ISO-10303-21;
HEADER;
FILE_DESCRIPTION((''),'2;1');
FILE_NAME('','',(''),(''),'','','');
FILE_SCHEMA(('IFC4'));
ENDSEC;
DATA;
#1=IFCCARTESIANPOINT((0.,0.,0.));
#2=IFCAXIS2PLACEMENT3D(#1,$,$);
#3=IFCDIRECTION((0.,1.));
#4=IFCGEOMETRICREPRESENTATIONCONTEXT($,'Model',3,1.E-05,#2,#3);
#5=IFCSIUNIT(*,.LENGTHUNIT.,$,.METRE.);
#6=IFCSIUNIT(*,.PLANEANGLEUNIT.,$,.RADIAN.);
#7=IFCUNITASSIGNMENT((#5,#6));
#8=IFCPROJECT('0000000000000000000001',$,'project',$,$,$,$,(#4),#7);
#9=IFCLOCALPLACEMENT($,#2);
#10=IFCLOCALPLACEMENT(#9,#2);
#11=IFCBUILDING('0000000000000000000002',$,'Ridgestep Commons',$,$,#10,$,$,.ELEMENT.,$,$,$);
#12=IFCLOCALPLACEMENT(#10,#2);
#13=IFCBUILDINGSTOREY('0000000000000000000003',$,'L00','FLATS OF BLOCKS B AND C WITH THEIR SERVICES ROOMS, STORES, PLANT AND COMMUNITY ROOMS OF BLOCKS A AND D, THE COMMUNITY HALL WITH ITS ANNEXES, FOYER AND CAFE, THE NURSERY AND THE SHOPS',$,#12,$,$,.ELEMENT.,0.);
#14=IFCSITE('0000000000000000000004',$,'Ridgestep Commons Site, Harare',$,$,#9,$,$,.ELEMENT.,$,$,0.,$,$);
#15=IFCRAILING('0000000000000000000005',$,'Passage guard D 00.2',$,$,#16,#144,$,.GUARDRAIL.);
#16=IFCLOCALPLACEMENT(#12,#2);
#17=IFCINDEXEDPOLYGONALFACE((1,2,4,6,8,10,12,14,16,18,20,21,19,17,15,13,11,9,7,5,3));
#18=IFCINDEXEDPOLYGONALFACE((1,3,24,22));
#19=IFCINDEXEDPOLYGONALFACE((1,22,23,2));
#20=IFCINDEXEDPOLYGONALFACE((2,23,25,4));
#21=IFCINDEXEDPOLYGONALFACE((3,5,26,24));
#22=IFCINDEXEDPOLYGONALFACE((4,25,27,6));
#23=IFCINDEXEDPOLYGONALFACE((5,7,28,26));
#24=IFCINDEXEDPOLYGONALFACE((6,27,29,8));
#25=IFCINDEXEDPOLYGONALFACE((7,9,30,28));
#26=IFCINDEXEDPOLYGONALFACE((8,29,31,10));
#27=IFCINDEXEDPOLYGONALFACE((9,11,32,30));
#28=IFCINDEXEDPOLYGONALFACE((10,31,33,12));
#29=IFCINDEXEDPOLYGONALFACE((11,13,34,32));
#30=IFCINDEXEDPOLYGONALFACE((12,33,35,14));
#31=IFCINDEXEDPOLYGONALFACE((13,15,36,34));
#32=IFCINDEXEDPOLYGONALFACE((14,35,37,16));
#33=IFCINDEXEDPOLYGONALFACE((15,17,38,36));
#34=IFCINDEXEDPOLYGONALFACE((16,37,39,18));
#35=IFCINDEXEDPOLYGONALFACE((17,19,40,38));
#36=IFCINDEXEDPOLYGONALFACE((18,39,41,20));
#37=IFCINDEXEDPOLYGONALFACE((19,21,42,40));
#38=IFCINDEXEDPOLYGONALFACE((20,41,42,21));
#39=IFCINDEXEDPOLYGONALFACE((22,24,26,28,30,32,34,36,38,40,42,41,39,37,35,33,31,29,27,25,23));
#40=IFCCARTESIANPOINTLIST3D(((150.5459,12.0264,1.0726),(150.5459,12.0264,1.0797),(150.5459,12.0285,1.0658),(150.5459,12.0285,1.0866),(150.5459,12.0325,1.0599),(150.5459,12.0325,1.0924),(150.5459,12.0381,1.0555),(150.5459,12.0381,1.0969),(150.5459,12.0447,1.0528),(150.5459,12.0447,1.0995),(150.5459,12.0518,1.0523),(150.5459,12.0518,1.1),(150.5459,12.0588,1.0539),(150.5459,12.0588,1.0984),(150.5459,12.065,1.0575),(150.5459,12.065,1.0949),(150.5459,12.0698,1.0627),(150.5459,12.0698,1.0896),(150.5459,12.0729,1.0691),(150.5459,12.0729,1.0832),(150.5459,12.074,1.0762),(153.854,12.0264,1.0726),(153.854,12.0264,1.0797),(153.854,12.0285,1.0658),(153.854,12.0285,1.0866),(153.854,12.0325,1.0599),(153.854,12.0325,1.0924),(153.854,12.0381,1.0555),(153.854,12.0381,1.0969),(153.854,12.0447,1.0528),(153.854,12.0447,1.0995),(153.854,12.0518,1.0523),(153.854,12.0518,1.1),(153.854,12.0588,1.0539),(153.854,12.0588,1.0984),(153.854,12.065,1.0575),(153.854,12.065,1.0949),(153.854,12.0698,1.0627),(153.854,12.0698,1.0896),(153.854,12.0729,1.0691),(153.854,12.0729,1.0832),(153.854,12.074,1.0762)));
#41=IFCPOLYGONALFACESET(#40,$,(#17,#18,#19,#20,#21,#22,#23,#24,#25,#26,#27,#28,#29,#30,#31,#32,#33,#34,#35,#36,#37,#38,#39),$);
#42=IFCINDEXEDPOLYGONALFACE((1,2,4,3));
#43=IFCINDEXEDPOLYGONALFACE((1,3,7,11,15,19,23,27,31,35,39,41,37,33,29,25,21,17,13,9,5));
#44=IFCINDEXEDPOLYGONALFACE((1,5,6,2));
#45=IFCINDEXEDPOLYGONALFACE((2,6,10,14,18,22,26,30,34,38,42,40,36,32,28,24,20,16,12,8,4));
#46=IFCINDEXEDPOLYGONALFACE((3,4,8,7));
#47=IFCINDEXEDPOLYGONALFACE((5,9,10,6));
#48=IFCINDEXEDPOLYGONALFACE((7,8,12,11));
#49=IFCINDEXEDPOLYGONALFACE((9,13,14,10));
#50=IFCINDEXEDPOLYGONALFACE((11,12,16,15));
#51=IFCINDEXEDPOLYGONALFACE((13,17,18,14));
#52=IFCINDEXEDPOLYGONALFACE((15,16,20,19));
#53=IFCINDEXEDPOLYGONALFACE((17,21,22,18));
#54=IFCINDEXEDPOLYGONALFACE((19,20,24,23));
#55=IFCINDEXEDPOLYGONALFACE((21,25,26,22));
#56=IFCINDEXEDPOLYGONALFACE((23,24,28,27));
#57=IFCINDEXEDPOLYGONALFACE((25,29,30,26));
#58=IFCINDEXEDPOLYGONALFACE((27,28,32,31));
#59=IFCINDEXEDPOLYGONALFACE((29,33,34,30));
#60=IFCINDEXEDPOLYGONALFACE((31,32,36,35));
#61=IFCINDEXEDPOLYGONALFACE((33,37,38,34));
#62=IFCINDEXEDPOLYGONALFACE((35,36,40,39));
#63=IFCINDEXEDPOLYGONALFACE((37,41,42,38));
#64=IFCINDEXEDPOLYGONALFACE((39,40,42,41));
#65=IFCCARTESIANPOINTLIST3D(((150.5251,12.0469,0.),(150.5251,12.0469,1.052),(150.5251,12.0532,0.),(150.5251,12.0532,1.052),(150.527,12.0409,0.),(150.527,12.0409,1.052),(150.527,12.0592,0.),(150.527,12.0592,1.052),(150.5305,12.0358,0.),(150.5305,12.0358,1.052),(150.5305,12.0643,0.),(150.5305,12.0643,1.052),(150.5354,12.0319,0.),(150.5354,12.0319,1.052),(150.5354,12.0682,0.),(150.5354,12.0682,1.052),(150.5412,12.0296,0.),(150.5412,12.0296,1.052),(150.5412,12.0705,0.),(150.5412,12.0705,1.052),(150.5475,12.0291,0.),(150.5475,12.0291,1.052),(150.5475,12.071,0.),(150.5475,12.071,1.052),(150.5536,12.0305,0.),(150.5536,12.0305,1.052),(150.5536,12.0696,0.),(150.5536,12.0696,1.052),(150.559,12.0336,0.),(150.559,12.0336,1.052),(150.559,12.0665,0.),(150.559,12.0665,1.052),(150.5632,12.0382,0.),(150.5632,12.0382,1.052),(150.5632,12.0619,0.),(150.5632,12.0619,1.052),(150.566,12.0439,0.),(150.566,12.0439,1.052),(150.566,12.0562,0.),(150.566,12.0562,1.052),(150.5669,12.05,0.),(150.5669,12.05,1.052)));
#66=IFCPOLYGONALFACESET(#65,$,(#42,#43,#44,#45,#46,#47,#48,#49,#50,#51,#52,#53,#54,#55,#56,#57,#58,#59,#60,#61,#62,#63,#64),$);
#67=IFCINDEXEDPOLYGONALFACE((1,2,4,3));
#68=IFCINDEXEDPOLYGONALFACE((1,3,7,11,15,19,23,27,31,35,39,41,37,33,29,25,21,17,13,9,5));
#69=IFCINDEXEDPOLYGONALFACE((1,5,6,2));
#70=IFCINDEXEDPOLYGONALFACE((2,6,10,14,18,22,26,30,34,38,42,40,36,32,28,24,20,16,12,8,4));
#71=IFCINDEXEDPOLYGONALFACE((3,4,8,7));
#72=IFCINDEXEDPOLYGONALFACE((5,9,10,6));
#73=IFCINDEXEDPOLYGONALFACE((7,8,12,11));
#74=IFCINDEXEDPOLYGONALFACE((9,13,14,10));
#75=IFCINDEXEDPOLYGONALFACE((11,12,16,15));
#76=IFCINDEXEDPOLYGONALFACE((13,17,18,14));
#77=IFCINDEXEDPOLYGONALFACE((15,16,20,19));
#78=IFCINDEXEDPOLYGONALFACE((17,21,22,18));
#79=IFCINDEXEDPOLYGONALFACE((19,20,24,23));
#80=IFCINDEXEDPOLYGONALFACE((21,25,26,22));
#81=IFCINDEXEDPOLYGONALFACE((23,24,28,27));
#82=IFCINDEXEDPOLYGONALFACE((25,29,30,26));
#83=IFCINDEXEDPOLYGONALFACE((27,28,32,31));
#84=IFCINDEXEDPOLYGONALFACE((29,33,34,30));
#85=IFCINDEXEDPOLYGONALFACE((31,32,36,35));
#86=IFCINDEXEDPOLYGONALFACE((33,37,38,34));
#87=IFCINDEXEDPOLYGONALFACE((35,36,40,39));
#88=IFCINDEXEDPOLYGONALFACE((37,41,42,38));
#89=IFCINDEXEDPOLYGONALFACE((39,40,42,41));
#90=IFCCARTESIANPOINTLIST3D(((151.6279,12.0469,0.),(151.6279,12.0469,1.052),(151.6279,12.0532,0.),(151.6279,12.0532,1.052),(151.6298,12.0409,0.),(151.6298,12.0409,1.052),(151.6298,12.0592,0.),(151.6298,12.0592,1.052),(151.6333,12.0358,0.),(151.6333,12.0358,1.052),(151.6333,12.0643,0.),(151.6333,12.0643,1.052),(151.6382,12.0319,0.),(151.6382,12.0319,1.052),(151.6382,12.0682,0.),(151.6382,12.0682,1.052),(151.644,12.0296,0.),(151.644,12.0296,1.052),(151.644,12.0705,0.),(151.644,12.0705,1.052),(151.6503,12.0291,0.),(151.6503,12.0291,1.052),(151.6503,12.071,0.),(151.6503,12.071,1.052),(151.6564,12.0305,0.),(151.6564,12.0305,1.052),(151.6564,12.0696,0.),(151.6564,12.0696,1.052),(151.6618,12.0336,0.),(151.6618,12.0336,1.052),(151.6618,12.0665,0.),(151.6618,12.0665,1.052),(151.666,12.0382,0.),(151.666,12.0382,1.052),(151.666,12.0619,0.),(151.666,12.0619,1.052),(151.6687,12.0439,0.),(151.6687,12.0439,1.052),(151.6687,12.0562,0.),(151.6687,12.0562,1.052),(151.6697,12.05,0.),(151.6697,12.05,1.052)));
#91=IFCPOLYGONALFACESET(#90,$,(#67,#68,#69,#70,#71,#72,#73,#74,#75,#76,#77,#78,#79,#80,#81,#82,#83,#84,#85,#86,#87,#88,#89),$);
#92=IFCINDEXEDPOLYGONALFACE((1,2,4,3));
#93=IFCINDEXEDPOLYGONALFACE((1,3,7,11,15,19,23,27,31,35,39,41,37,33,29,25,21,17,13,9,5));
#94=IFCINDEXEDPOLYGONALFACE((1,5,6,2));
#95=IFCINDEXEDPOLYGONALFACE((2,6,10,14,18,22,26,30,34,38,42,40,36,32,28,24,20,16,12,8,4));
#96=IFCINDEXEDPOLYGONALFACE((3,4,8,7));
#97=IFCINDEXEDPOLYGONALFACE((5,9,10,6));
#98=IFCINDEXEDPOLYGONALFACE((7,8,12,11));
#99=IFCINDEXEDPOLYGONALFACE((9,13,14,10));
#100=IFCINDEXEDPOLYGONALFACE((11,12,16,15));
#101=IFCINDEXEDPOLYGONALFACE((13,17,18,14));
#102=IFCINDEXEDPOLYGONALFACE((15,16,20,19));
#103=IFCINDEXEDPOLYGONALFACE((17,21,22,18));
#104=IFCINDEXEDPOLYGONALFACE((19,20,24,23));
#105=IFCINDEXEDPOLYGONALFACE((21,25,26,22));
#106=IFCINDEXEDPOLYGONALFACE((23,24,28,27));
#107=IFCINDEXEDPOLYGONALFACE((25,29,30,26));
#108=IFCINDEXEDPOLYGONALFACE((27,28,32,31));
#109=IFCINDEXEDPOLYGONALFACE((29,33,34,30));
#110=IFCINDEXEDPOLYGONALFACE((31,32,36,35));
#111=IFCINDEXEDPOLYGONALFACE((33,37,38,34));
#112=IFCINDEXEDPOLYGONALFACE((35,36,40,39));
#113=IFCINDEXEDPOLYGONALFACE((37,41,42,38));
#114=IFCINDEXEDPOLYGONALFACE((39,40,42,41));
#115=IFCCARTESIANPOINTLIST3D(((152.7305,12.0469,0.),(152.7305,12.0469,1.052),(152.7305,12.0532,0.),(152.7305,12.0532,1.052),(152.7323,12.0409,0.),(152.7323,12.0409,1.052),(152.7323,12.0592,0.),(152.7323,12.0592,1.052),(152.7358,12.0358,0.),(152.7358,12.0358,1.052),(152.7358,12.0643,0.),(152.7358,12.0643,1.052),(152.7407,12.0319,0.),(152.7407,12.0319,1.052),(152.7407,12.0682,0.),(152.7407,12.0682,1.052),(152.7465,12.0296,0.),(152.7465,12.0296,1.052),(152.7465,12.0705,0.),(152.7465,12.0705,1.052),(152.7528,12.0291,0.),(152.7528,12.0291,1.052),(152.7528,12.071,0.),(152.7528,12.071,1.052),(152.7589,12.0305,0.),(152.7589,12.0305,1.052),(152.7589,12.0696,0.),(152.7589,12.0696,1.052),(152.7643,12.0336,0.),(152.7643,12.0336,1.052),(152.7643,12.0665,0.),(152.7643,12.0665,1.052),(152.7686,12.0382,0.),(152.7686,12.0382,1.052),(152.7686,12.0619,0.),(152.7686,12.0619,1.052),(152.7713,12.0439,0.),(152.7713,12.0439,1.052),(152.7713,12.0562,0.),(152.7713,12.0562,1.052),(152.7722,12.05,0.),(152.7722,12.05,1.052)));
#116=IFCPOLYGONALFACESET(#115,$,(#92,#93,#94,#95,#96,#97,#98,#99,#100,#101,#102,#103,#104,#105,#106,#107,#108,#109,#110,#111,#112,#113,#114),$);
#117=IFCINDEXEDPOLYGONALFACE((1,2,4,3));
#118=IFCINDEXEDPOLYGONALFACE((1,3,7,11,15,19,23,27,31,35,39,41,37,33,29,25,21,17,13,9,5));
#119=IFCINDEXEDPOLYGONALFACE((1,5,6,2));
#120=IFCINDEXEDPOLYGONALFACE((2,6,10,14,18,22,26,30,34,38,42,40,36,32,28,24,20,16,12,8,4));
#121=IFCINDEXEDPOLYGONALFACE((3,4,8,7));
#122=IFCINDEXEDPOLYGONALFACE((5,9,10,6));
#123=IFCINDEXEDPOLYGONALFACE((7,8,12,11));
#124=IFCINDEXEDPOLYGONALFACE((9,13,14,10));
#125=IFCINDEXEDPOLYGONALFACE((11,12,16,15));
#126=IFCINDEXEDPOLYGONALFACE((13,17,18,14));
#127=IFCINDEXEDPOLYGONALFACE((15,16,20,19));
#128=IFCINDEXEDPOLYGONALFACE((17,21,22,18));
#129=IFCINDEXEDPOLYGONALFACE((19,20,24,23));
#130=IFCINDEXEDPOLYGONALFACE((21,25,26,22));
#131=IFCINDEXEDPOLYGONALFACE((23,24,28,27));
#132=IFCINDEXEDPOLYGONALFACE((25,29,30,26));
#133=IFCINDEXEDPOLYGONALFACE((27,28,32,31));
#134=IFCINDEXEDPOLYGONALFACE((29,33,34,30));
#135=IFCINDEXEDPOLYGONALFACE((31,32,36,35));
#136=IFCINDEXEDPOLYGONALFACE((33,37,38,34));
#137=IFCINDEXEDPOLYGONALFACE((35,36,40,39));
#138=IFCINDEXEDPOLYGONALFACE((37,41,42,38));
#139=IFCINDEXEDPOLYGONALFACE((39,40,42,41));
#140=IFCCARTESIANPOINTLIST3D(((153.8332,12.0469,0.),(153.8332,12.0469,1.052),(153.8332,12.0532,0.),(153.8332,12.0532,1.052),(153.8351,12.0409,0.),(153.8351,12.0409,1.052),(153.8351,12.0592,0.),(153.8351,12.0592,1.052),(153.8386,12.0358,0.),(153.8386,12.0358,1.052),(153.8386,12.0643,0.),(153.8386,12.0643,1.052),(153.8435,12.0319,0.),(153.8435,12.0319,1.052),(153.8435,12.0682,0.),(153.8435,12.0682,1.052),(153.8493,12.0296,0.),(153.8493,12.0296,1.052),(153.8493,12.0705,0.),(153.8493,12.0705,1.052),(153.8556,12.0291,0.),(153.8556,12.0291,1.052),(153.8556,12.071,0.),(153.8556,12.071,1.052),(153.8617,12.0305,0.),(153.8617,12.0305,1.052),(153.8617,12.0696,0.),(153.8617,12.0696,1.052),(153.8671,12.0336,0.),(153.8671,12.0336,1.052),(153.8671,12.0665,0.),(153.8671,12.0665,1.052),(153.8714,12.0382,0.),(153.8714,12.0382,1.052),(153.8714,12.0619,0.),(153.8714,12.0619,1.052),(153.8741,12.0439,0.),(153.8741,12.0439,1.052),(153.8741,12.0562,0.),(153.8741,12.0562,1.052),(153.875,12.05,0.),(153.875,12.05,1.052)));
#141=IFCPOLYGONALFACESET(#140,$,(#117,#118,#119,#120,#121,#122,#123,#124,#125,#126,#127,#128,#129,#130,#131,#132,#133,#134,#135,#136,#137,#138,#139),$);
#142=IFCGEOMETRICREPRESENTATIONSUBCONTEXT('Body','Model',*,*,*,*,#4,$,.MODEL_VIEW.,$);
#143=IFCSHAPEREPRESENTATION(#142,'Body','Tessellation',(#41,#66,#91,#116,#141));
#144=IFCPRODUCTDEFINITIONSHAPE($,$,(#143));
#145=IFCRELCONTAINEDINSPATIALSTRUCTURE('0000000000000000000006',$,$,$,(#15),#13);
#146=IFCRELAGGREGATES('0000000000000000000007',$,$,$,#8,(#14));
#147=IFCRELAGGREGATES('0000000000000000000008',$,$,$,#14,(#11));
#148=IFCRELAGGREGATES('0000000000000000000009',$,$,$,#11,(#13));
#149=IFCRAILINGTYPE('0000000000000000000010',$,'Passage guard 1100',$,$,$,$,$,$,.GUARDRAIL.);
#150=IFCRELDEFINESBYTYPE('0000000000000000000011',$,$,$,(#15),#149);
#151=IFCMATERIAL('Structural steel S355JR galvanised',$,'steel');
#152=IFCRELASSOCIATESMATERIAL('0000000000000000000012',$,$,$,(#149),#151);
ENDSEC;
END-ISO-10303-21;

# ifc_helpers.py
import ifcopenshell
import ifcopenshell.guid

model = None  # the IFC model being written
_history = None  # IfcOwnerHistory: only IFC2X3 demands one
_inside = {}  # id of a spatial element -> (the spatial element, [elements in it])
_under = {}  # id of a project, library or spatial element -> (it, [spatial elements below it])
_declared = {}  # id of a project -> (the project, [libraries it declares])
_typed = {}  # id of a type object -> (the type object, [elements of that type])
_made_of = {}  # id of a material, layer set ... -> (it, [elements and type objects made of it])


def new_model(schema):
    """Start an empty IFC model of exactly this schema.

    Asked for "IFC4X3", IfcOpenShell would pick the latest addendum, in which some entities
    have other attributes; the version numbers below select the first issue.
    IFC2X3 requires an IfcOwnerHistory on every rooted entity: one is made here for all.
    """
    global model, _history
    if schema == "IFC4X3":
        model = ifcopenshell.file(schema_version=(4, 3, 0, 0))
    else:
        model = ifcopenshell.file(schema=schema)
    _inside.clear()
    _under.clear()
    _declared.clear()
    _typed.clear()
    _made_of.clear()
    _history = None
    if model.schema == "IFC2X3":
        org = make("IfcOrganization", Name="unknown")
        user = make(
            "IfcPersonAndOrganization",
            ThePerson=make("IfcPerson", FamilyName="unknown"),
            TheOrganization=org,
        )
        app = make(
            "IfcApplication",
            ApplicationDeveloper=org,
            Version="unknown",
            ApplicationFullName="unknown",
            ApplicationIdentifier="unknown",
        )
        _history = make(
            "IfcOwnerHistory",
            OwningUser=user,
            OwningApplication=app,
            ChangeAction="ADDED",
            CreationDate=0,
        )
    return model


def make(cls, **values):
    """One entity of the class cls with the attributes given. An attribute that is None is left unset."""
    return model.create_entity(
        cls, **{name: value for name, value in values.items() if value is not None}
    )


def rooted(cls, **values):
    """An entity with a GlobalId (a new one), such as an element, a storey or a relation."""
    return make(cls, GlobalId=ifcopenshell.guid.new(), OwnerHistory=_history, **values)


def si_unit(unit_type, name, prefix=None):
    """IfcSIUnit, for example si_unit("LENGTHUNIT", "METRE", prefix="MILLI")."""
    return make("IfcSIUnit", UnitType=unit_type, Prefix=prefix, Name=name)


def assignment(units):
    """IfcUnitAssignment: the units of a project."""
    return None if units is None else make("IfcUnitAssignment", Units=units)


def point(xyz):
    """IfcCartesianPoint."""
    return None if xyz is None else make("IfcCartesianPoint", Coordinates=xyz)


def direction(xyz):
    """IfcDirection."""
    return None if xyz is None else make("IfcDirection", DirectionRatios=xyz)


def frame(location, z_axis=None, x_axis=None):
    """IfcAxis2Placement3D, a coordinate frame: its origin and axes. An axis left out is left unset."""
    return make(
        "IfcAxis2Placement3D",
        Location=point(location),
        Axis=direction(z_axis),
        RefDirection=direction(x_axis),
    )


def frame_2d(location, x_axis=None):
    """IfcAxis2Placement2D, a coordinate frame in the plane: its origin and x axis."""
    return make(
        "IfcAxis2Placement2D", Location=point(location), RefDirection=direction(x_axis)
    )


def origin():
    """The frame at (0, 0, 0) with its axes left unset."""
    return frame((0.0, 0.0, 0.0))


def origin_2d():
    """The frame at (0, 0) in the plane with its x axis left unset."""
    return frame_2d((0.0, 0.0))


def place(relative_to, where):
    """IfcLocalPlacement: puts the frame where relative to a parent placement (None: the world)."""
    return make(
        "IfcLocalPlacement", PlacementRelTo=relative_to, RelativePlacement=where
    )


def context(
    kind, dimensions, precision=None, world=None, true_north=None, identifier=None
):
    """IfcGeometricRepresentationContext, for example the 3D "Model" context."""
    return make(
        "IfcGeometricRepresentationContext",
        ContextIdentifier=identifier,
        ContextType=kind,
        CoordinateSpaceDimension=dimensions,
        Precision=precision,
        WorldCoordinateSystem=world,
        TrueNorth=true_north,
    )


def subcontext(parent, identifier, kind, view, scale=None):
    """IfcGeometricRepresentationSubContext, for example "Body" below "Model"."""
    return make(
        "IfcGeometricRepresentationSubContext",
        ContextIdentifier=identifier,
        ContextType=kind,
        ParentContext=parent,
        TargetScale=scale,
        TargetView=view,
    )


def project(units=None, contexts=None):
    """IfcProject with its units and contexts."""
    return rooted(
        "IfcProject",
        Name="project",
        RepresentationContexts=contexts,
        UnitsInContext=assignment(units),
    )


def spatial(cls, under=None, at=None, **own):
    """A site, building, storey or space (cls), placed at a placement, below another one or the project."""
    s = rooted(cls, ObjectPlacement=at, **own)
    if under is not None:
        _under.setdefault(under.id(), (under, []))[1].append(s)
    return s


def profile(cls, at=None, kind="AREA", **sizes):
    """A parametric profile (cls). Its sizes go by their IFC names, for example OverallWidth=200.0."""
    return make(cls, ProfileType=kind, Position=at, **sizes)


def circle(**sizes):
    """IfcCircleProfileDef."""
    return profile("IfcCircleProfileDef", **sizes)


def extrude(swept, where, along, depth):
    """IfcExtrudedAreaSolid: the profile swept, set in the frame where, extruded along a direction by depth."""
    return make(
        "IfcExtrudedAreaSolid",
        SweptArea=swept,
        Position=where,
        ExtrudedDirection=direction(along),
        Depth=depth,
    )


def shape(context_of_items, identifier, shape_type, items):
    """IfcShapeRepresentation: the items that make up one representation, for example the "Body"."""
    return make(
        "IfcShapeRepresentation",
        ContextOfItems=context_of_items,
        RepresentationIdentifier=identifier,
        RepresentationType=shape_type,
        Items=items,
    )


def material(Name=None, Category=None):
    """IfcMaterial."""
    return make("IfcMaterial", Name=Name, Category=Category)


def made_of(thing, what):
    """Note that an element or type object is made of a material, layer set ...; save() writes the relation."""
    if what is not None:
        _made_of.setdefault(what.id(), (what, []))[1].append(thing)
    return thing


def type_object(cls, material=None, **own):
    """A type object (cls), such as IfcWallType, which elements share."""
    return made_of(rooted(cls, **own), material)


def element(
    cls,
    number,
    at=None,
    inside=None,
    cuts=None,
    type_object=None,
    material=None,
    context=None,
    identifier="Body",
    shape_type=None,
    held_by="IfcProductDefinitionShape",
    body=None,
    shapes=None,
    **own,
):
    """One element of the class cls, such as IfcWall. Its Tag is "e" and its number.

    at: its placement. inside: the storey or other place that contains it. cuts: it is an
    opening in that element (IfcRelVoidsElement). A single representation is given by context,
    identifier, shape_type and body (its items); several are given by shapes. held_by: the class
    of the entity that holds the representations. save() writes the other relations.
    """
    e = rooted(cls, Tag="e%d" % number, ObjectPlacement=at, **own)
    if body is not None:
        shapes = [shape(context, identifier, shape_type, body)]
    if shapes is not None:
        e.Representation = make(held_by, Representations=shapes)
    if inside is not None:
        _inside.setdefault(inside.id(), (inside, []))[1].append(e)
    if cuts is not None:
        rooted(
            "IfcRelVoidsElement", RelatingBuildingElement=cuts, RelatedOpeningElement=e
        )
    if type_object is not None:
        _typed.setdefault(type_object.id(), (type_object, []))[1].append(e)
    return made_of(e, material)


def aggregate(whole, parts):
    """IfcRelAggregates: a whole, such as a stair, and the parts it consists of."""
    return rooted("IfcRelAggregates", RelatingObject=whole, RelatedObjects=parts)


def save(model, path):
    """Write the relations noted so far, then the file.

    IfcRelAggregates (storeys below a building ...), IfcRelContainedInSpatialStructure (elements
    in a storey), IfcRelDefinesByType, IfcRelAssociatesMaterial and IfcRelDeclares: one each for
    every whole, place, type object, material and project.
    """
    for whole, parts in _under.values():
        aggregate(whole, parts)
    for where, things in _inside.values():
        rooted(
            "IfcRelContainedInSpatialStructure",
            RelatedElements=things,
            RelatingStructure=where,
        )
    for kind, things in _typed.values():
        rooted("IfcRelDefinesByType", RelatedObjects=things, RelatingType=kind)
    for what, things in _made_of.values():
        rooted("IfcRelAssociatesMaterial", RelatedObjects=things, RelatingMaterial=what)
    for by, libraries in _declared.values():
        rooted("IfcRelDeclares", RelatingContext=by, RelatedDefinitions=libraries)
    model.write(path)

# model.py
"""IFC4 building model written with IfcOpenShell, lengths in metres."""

from ifc_helpers import new_model, si_unit, direction, frame, origin, origin_2d, place, context, subcontext, project, spatial, circle, extrude, material, type_object, element, save


model = new_model("IFC4")

# Units and contexts
model_context = context("Model", 3, precision=1e-05, world=origin(), true_north=direction((0.0, 1.0)))
body_context = subcontext(model_context, "Body", "Model", "MODEL_VIEW")
ifc_project = project(units=[si_unit("LENGTHUNIT", "METRE"), si_unit("PLANEANGLEUNIT", "RADIAN")], contexts=[model_context])

# Site, building, storey
site_placement = place(None, origin())
site = spatial("IfcSite", under=ifc_project, at=site_placement, Name="Ridgestep Commons Site, Harare", CompositionType="ELEMENT", RefElevation=0.0)
building_placement = place(site_placement, origin())
building = spatial("IfcBuilding", under=site, at=building_placement, Name="Ridgestep Commons", CompositionType="ELEMENT")
storey_placement = place(building_placement, origin())
storey = spatial("IfcBuildingStorey", under=building, at=storey_placement, Name="L00", Description="FLATS OF BLOCKS B AND C WITH THEIR SERVICES ROOMS, STORES, PLANT AND COMMUNITY ROOMS OF BLOCKS A AND D, THE COMMUNITY HALL WITH ITS ANNEXES, FOYER AND CAFE, THE NURSERY AND THE SHOPS", CompositionType="ELEMENT", Elevation=0.0)

# Railing
ifc_material_1 = material(Name="Structural steel S355JR galvanised", Category="steel")
railing_type = type_object("IfcRailingType", Name="Passage guard 1100", PredefinedType="GUARDRAIL", material=ifc_material_1)
for number, where, name in (
    (1, (150.5459, 12.05, 0.0), "Passage guard D 00.2"),
):
    element("IfcRailing", number, at=place(storey_placement, frame(where)), inside=storey, type_object=railing_type, Name=name, PredefinedType="GUARDRAIL", context=body_context, shape_type="SweptSolid", body=[
        extrude(circle(Radius=0.0239, at=origin_2d()), frame((0.0, 0.0, 1.0762), z_axis=(1.0, 0.0, 0.0), x_axis=(0.0, 1.0, 0.0)), (0.0, 0.0, 1.0), 3.3081),
        extrude(circle(Radius=0.021, at=origin_2d()), origin(), (0.0, 0.0, 1.0), 1.052),
        extrude(circle(Radius=0.021, at=origin_2d()), frame((1.1028, 0.0, 0.0)), (0.0, 0.0, 1.0), 1.052),
        extrude(circle(Radius=0.021, at=origin_2d()), frame((2.2053, 0.0, 0.0)), (0.0, 0.0, 1.0), 1.052),
        extrude(circle(Radius=0.021, at=origin_2d()), frame((3.3081, 0.0, 0.0)), (0.0, 0.0, 1.0), 1.052),
    ])

save(model, "model.ifc")
